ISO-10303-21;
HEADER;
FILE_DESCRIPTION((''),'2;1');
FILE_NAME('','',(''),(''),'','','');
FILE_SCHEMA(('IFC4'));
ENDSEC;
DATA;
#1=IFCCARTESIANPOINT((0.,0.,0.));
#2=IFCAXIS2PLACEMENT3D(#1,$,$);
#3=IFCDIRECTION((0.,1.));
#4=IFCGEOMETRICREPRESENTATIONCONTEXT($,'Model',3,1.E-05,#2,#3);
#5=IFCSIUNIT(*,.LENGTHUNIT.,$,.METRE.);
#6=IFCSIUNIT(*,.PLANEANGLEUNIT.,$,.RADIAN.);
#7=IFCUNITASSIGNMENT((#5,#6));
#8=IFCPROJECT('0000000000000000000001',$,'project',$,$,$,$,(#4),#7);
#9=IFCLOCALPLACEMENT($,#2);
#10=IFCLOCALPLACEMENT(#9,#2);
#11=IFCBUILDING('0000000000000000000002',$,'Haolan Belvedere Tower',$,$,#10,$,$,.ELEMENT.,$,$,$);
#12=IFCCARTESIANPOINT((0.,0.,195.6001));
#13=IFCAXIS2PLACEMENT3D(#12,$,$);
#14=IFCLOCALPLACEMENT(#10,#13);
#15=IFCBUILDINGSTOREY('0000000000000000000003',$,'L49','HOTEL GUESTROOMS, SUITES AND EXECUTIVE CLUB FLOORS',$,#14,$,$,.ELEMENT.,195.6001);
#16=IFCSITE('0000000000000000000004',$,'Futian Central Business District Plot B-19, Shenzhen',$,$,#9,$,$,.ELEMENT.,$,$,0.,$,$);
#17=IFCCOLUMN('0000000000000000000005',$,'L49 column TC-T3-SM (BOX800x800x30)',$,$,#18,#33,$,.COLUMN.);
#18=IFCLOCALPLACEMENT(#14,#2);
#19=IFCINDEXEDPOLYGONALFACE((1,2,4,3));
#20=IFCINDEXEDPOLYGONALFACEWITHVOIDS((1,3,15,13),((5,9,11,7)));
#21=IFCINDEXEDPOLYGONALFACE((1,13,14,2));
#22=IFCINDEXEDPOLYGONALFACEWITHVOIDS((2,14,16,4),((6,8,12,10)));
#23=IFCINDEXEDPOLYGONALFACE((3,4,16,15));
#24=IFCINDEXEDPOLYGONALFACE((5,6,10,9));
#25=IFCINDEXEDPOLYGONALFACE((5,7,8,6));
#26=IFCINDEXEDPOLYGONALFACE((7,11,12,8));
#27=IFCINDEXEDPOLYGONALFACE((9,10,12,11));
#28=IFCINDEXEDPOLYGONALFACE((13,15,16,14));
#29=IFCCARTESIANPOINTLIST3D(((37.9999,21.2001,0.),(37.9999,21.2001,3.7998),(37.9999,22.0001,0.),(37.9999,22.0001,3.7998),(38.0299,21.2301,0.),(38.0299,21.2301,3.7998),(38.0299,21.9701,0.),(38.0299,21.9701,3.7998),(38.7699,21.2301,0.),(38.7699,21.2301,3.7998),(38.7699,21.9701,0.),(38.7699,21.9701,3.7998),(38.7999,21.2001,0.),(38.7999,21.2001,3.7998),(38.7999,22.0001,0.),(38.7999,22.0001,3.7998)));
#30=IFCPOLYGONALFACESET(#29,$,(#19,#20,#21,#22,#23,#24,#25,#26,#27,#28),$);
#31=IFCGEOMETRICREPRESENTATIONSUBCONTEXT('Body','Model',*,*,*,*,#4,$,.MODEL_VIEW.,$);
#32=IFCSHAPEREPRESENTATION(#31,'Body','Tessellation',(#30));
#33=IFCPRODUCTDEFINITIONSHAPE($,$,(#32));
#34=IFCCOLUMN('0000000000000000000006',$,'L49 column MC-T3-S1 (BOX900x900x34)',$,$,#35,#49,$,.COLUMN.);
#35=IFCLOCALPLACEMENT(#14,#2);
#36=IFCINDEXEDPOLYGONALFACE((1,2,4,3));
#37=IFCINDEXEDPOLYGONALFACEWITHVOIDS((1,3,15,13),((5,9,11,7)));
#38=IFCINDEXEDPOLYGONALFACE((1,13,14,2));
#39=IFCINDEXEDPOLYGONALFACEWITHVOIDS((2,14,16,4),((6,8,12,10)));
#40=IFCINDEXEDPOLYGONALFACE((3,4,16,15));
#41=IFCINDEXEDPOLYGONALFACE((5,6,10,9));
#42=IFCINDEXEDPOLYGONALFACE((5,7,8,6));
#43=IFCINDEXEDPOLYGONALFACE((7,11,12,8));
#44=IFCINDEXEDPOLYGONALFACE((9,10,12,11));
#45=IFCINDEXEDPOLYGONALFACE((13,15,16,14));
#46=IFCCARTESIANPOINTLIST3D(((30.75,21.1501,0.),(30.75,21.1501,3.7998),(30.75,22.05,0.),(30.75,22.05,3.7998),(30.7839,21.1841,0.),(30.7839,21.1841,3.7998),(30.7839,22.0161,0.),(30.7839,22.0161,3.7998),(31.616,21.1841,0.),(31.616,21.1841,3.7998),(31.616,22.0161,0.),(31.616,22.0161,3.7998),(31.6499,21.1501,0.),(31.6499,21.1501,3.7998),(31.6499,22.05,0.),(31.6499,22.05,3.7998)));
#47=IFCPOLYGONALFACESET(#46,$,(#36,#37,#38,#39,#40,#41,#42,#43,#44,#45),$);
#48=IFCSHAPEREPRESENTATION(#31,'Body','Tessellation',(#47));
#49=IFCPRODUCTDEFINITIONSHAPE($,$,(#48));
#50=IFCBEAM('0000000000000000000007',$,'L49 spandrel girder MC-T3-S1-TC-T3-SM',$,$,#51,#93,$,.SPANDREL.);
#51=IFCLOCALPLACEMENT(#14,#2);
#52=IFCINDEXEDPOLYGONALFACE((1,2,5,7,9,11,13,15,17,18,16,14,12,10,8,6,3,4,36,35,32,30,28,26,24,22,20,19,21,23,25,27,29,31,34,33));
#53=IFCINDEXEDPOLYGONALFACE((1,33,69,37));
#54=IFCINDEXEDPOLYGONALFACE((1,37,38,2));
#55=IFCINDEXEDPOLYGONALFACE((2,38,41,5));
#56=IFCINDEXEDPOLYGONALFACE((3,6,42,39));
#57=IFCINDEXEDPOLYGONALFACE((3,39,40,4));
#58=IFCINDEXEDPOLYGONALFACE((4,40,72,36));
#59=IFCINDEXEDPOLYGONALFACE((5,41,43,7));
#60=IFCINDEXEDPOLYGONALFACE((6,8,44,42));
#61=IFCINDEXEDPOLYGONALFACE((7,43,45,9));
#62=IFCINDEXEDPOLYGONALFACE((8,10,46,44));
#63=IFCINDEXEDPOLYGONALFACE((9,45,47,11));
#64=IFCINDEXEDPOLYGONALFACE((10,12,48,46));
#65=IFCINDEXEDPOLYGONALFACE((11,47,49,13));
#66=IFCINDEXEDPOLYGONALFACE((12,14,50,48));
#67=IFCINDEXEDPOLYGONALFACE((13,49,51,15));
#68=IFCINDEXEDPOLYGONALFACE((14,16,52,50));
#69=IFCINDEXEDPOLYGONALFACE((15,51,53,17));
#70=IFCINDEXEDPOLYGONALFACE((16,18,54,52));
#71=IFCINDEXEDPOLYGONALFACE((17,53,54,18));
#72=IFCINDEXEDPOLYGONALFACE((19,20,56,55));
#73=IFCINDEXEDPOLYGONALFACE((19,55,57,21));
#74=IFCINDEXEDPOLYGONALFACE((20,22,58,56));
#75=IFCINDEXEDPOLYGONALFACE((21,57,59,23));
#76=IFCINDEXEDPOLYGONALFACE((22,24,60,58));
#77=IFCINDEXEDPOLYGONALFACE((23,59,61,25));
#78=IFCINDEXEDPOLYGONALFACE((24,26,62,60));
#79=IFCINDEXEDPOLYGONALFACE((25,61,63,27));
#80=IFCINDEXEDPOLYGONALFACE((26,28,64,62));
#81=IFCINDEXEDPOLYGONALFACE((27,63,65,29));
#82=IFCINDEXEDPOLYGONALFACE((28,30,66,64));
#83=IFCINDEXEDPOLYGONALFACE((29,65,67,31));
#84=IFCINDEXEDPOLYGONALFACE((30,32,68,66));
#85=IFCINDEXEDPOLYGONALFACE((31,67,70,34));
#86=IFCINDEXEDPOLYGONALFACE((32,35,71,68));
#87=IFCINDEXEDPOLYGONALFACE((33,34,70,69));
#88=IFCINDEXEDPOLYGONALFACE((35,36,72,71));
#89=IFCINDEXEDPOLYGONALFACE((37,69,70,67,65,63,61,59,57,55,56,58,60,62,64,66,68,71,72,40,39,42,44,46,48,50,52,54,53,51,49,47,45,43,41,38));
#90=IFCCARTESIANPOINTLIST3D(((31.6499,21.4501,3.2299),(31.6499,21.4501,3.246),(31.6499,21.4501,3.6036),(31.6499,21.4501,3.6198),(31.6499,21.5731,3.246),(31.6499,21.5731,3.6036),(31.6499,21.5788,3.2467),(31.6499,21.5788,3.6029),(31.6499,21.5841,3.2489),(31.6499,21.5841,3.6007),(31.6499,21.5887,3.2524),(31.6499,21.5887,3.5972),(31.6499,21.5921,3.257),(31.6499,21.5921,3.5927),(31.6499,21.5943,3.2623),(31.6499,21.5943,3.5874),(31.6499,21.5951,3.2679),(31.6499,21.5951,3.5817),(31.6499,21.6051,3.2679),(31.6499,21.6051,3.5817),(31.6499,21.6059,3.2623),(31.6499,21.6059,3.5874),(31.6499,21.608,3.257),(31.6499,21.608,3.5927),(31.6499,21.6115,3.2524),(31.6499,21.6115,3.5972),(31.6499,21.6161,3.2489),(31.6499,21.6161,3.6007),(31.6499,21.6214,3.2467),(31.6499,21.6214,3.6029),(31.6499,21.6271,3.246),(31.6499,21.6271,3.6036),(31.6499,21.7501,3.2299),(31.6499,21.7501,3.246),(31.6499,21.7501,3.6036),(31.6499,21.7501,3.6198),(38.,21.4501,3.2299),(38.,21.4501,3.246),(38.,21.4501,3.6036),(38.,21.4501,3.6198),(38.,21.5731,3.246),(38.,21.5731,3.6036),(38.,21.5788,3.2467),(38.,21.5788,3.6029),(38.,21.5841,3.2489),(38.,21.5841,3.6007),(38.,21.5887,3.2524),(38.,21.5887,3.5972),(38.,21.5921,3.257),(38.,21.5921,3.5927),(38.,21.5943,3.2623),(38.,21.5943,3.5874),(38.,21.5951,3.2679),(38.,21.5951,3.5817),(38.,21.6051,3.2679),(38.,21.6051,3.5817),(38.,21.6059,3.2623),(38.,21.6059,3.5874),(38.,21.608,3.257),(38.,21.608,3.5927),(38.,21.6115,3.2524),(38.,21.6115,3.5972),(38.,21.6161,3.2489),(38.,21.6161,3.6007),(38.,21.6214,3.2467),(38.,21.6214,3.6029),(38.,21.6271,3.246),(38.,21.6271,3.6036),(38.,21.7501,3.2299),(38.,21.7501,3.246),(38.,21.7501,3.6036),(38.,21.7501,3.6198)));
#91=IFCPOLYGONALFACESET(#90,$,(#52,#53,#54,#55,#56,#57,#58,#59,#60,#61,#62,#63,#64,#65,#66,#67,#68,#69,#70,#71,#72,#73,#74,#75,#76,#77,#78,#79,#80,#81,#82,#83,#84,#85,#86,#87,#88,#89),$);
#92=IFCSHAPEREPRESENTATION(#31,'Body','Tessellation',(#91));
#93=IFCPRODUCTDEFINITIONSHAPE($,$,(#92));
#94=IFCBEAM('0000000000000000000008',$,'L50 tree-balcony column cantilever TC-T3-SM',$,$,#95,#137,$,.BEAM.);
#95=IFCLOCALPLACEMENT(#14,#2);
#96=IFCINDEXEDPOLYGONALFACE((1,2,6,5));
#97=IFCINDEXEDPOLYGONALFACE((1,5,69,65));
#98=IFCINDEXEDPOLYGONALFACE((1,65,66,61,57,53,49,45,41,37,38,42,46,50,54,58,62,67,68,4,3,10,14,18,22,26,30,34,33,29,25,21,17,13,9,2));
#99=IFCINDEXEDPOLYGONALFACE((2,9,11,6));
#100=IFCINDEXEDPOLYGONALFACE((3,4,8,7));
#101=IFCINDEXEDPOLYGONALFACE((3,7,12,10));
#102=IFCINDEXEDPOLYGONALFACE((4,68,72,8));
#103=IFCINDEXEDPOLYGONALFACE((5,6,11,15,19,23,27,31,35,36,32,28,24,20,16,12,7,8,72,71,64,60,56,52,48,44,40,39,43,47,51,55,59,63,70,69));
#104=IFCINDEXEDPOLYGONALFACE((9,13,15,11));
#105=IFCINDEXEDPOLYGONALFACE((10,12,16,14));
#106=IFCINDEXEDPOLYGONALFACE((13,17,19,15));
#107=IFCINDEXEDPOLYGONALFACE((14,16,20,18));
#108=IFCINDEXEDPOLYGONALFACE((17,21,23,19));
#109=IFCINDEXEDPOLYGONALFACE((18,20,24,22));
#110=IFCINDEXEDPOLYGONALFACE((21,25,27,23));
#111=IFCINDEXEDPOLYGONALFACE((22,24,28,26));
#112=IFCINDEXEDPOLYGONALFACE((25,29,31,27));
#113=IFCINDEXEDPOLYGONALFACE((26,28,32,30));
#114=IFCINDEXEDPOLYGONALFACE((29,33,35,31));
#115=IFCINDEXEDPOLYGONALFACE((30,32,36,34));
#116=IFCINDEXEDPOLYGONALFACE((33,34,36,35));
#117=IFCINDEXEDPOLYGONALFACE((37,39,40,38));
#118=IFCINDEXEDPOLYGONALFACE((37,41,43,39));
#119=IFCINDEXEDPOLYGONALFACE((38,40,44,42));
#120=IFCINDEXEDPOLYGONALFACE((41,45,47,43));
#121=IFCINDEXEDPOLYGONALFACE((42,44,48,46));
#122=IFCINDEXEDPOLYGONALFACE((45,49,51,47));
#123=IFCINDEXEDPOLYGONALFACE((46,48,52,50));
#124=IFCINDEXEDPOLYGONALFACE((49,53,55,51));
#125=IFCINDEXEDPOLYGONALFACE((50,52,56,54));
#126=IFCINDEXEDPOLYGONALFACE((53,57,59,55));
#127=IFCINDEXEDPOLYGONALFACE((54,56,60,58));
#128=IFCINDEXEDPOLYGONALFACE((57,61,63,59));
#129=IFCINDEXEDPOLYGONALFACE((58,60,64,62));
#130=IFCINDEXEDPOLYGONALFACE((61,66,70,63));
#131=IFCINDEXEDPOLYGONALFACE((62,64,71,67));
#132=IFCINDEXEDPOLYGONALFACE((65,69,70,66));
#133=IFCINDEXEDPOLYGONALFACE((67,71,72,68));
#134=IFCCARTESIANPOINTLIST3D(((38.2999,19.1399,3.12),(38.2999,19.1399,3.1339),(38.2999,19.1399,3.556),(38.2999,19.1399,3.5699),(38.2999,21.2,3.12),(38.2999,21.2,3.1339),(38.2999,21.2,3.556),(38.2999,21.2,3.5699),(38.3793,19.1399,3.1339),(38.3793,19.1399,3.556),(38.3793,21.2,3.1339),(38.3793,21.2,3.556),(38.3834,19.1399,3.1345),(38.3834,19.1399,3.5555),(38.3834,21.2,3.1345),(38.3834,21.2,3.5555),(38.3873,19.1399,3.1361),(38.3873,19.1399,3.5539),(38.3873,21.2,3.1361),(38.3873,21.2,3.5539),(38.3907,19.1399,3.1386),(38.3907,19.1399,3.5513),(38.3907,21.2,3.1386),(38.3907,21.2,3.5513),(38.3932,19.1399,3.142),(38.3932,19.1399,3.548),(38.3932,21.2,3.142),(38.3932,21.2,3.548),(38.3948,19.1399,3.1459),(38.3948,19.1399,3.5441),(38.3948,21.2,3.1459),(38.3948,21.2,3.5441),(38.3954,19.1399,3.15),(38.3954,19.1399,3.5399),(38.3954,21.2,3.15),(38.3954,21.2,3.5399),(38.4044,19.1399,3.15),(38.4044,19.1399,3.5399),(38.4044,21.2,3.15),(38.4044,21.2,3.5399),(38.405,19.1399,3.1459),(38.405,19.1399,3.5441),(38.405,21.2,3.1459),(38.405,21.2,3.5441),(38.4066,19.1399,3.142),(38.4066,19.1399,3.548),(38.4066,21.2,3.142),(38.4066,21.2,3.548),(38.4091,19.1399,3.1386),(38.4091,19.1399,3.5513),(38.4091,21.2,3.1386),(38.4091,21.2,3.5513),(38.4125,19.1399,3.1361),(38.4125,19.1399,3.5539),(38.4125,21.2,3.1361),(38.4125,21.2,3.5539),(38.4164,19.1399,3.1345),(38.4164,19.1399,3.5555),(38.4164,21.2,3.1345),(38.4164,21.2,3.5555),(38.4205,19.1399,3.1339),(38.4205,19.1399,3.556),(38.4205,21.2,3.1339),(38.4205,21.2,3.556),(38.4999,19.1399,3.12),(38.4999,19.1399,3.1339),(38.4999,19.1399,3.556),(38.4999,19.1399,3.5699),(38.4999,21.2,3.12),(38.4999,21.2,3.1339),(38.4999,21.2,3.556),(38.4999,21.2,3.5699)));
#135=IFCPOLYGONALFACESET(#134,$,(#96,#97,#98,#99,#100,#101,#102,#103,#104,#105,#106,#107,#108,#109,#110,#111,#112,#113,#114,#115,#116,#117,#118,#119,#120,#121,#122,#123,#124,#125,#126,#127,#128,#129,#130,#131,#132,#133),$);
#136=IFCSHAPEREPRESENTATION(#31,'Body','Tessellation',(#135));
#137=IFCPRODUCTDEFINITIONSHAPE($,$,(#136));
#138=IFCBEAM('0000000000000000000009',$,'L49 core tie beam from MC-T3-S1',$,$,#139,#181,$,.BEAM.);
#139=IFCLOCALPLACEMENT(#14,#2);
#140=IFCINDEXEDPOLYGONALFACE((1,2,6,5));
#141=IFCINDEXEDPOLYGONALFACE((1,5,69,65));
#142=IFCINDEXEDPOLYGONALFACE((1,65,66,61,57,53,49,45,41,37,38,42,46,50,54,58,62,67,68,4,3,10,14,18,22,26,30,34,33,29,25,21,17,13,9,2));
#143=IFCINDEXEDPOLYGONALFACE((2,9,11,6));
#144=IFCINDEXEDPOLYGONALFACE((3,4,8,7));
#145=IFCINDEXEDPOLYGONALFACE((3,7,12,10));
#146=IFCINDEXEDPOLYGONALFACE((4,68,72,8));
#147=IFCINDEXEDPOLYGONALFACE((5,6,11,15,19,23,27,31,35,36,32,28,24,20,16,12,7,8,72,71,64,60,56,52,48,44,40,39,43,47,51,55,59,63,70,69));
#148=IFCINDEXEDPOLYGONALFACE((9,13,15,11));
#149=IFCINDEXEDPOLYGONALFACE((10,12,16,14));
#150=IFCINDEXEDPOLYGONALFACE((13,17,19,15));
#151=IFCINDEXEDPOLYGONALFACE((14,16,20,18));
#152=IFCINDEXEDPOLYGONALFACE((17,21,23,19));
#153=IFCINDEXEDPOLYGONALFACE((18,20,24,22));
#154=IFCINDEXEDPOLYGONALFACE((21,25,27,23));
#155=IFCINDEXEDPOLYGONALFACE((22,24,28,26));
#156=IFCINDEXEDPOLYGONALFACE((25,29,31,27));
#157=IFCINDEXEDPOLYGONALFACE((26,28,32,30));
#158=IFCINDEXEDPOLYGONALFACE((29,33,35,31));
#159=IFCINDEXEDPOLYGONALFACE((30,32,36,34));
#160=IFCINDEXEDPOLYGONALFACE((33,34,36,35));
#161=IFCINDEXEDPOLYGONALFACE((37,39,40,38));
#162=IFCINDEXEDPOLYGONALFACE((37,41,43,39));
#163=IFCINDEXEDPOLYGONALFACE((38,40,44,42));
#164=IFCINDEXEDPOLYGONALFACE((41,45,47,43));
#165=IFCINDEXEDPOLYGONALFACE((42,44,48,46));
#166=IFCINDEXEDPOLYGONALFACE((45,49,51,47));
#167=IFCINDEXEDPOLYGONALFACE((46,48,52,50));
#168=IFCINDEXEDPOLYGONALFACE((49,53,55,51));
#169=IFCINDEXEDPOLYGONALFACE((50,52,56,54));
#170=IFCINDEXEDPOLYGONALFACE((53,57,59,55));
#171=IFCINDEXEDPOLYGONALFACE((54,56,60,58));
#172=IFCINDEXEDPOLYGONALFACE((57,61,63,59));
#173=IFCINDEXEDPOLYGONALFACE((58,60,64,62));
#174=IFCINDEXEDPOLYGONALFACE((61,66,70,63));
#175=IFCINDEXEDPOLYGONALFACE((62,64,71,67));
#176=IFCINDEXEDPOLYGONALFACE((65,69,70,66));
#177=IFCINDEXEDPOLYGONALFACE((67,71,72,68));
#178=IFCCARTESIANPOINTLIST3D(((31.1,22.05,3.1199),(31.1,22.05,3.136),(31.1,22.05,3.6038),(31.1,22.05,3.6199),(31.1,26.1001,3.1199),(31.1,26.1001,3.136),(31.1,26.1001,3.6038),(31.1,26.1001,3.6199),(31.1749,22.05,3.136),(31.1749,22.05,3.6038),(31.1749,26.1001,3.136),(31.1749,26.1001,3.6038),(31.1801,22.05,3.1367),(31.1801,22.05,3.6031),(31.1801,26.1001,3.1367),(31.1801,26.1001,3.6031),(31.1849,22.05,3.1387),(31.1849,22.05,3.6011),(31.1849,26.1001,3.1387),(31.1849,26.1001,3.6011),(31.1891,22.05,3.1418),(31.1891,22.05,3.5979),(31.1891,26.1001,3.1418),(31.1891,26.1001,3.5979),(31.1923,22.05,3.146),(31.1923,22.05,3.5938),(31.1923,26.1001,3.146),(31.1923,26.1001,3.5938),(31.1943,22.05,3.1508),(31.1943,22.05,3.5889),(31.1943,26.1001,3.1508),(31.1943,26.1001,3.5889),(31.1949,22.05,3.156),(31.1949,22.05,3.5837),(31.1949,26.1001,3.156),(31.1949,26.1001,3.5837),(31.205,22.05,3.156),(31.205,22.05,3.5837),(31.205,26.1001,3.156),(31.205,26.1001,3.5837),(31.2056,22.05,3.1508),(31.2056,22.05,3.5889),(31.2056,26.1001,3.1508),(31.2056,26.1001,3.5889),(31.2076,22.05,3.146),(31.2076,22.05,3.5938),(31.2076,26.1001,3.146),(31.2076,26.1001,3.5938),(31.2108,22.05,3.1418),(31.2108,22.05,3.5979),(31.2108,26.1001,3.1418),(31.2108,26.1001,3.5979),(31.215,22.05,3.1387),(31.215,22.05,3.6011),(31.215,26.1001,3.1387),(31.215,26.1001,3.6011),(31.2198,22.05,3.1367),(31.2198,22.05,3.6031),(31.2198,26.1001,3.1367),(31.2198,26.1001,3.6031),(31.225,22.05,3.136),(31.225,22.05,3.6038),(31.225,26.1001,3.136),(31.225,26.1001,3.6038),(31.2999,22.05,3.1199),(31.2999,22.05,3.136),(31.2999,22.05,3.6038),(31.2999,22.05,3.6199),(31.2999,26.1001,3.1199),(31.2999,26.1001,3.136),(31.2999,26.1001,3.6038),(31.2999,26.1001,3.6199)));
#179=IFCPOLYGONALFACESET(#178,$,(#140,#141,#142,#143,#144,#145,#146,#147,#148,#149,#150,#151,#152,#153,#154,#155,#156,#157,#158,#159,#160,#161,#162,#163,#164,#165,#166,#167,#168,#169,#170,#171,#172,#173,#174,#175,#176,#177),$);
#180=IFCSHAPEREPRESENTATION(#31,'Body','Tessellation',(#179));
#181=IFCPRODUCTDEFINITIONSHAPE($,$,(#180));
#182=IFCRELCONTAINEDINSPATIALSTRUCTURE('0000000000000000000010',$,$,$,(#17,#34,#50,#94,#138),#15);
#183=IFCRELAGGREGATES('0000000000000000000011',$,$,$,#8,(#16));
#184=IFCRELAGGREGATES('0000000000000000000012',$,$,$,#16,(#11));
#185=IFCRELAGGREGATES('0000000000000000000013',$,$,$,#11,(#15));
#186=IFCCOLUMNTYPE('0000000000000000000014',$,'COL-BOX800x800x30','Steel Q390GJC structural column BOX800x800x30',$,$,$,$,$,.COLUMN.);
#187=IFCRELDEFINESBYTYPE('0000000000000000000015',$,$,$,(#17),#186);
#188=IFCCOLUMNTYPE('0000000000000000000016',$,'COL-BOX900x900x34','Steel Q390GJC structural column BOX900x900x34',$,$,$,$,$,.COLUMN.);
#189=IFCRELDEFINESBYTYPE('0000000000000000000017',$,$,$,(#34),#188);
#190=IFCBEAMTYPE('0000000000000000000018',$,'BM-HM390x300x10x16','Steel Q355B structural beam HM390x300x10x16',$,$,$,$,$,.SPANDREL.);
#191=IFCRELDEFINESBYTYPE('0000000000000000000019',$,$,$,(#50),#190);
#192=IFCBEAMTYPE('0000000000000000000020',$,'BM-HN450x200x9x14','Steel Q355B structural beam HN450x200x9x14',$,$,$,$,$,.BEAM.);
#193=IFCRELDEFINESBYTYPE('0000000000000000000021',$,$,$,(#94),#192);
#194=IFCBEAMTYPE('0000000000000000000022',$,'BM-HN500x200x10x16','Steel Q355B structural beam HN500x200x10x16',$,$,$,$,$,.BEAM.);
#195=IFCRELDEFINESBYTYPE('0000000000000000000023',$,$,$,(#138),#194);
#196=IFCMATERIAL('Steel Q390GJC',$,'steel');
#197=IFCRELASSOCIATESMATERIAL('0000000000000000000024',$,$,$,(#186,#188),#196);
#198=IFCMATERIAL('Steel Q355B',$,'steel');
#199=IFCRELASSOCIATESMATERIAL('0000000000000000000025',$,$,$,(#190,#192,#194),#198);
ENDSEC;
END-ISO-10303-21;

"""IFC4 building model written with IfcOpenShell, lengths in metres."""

from ifc_helpers import new_model, si_unit, direction, frame, origin, origin_2d, place, context, subcontext, project, spatial, hollow_rectangle, i_section, extrude, material, material_profile, profile_set, type_object, element, save


model = new_model("IFC4")

# Units and contexts
model_context = context("Model", 3, precision=1e-05, world=origin(), true_north=direction((0.0, 1.0)))
body_context = subcontext(model_context, "Body", "Model", "MODEL_VIEW")
ifc_project = project(units=[si_unit("LENGTHUNIT", "METRE"), si_unit("PLANEANGLEUNIT", "RADIAN")], contexts=[model_context])

# Site, building, storey
site_placement = place(None, origin())
site = spatial("IfcSite", under=ifc_project, at=site_placement, Name="Futian Central Business District Plot B-19, Shenzhen", CompositionType="ELEMENT", RefElevation=0.0)
building_placement = place(site_placement, origin())
building = spatial("IfcBuilding", under=site, at=building_placement, Name="Haolan Belvedere Tower", CompositionType="ELEMENT")
storey_placement = place(building_placement, frame((0.0, 0.0, 195.6001)))
storey = spatial("IfcBuildingStorey", under=building, at=storey_placement, Name="L49", Description="HOTEL GUESTROOMS, SUITES AND EXECUTIVE CLUB FLOORS", CompositionType="ELEMENT", Elevation=195.6001)

# Columns
ifc_material_1 = material(Name="Steel Q390GJC", Category="steel")
ifc_material_profile_1 = material_profile(ifc_material_1, hollow_rectangle(XDim=0.8, YDim=0.8, WallThickness=0.03, at=origin_2d()), Name="Steel Q390GJC")
ifc_profile_set_1 = profile_set([ifc_material_profile_1], Name="Steel Q390GJC")
column_type_1 = type_object("IfcColumnType", Name="COL-BOX800x800x30", Description="Steel Q390GJC structural column BOX800x800x30", PredefinedType="COLUMN", material=ifc_profile_set_1)
column_1_placement = place(storey_placement, frame((38.3999, 21.6001, 0.0), z_axis=(0.0, 0.0, 1.0), x_axis=(1.0, 0.0, 0.0)))
element("IfcColumn", 1, at=column_1_placement, inside=storey, type_object=column_type_1, Name="L49 column TC-T3-SM (BOX800x800x30)", PredefinedType="COLUMN", context=body_context, shape_type="SweptSolid", body=[
    extrude(hollow_rectangle(XDim=0.8, YDim=0.8, WallThickness=0.03, at=origin_2d()), origin(), (0.0, 0.0, 1.0), 3.7998),
])
ifc_material_profile_2 = material_profile(ifc_material_1, hollow_rectangle(XDim=0.8999, YDim=0.8999, WallThickness=0.0339, at=origin_2d()), Name="Steel Q390GJC")
ifc_profile_set_2 = profile_set([ifc_material_profile_2], Name="Steel Q390GJC")
column_type_2 = type_object("IfcColumnType", Name="COL-BOX900x900x34", Description="Steel Q390GJC structural column BOX900x900x34", PredefinedType="COLUMN", material=ifc_profile_set_2)
column_2_placement = place(storey_placement, frame((31.2, 21.6001, 0.0), z_axis=(0.0, 0.0, 1.0), x_axis=(1.0, 0.0, 0.0)))
element("IfcColumn", 2, at=column_2_placement, inside=storey, type_object=column_type_2, Name="L49 column MC-T3-S1 (BOX900x900x34)", PredefinedType="COLUMN", context=body_context, shape_type="SweptSolid", body=[
    extrude(hollow_rectangle(XDim=0.8999, YDim=0.8999, WallThickness=0.0339, at=origin_2d()), origin(), (0.0, 0.0, 1.0), 3.7998),
])

# Beams
ifc_material_2 = material(Name="Steel Q355B", Category="steel")
ifc_material_profile_3 = material_profile(ifc_material_2, i_section(OverallWidth=0.3, OverallDepth=0.3899, WebThickness=0.01, FlangeThickness=0.0161, FilletRadius=0.022, at=origin_2d()), Name="Steel Q355B")
ifc_profile_set_3 = profile_set([ifc_material_profile_3], Name="Steel Q355B")
beam_type_1 = type_object("IfcBeamType", Name="BM-HM390x300x10x16", Description="Steel Q355B structural beam HM390x300x10x16", PredefinedType="SPANDREL", material=ifc_profile_set_3)
beam_1_placement = place(storey_placement, frame((31.6499, 21.6001, 3.4248), z_axis=(1.0, 0.0, 0.0), x_axis=(0.0, 1.0, 0.0)))
element("IfcBeam", 3, at=beam_1_placement, inside=storey, type_object=beam_type_1, Name="L49 spandrel girder MC-T3-S1-TC-T3-SM", PredefinedType="SPANDREL", context=body_context, shape_type="SweptSolid", body=[
    extrude(i_section(OverallWidth=0.3, OverallDepth=0.3899, WebThickness=0.01, FlangeThickness=0.0161, FilletRadius=0.022, at=origin_2d()), origin(), (0.0, 0.0, 1.0), 6.3501),
])
ifc_material_profile_4 = material_profile(ifc_material_2, i_section(OverallWidth=0.2, OverallDepth=0.45, WebThickness=0.009, FlangeThickness=0.0139, FilletRadius=0.0161, at=origin_2d()), Name="Steel Q355B")
ifc_profile_set_4 = profile_set([ifc_material_profile_4], Name="Steel Q355B")
beam_type_2 = type_object("IfcBeamType", Name="BM-HN450x200x9x14", Description="Steel Q355B structural beam HN450x200x9x14", PredefinedType="BEAM", material=ifc_profile_set_4)
beam_2_placement = place(storey_placement, frame((38.3999, 21.2, 3.345), z_axis=(0.0, -1.0, 0.0), x_axis=(1.0, 0.0, 0.0)))
element("IfcBeam", 4, at=beam_2_placement, inside=storey, type_object=beam_type_2, Name="L50 tree-balcony column cantilever TC-T3-SM", PredefinedType="BEAM", context=body_context, shape_type="SweptSolid", body=[
    extrude(i_section(OverallWidth=0.2, OverallDepth=0.45, WebThickness=0.009, FlangeThickness=0.0139, FilletRadius=0.0161, at=origin_2d()), origin(), (0.0, 0.0, 1.0), 2.0601),
])
ifc_material_profile_5 = material_profile(ifc_material_2, i_section(OverallWidth=0.2, OverallDepth=0.5, WebThickness=0.01, FlangeThickness=0.0161, FilletRadius=0.02, at=origin_2d()), Name="Steel Q355B")
ifc_profile_set_5 = profile_set([ifc_material_profile_5], Name="Steel Q355B")
beam_type_3 = type_object("IfcBeamType", Name="BM-HN500x200x10x16", Description="Steel Q355B structural beam HN500x200x10x16", PredefinedType="BEAM", material=ifc_profile_set_5)
beam_3_placement = place(storey_placement, frame((31.2, 22.05, 3.3699), z_axis=(0.0, 1.0, 0.0), x_axis=(-1.0, 0.0, 0.0)))
element("IfcBeam", 5, at=beam_3_placement, inside=storey, type_object=beam_type_3, Name="L49 core tie beam from MC-T3-S1", PredefinedType="BEAM", context=body_context, shape_type="SweptSolid", body=[
    extrude(i_section(OverallWidth=0.2, OverallDepth=0.5, WebThickness=0.01, FlangeThickness=0.0161, FilletRadius=0.02, at=origin_2d()), origin(), (0.0, 0.0, 1.0), 4.05),
])

save(model, "model.ifc")
